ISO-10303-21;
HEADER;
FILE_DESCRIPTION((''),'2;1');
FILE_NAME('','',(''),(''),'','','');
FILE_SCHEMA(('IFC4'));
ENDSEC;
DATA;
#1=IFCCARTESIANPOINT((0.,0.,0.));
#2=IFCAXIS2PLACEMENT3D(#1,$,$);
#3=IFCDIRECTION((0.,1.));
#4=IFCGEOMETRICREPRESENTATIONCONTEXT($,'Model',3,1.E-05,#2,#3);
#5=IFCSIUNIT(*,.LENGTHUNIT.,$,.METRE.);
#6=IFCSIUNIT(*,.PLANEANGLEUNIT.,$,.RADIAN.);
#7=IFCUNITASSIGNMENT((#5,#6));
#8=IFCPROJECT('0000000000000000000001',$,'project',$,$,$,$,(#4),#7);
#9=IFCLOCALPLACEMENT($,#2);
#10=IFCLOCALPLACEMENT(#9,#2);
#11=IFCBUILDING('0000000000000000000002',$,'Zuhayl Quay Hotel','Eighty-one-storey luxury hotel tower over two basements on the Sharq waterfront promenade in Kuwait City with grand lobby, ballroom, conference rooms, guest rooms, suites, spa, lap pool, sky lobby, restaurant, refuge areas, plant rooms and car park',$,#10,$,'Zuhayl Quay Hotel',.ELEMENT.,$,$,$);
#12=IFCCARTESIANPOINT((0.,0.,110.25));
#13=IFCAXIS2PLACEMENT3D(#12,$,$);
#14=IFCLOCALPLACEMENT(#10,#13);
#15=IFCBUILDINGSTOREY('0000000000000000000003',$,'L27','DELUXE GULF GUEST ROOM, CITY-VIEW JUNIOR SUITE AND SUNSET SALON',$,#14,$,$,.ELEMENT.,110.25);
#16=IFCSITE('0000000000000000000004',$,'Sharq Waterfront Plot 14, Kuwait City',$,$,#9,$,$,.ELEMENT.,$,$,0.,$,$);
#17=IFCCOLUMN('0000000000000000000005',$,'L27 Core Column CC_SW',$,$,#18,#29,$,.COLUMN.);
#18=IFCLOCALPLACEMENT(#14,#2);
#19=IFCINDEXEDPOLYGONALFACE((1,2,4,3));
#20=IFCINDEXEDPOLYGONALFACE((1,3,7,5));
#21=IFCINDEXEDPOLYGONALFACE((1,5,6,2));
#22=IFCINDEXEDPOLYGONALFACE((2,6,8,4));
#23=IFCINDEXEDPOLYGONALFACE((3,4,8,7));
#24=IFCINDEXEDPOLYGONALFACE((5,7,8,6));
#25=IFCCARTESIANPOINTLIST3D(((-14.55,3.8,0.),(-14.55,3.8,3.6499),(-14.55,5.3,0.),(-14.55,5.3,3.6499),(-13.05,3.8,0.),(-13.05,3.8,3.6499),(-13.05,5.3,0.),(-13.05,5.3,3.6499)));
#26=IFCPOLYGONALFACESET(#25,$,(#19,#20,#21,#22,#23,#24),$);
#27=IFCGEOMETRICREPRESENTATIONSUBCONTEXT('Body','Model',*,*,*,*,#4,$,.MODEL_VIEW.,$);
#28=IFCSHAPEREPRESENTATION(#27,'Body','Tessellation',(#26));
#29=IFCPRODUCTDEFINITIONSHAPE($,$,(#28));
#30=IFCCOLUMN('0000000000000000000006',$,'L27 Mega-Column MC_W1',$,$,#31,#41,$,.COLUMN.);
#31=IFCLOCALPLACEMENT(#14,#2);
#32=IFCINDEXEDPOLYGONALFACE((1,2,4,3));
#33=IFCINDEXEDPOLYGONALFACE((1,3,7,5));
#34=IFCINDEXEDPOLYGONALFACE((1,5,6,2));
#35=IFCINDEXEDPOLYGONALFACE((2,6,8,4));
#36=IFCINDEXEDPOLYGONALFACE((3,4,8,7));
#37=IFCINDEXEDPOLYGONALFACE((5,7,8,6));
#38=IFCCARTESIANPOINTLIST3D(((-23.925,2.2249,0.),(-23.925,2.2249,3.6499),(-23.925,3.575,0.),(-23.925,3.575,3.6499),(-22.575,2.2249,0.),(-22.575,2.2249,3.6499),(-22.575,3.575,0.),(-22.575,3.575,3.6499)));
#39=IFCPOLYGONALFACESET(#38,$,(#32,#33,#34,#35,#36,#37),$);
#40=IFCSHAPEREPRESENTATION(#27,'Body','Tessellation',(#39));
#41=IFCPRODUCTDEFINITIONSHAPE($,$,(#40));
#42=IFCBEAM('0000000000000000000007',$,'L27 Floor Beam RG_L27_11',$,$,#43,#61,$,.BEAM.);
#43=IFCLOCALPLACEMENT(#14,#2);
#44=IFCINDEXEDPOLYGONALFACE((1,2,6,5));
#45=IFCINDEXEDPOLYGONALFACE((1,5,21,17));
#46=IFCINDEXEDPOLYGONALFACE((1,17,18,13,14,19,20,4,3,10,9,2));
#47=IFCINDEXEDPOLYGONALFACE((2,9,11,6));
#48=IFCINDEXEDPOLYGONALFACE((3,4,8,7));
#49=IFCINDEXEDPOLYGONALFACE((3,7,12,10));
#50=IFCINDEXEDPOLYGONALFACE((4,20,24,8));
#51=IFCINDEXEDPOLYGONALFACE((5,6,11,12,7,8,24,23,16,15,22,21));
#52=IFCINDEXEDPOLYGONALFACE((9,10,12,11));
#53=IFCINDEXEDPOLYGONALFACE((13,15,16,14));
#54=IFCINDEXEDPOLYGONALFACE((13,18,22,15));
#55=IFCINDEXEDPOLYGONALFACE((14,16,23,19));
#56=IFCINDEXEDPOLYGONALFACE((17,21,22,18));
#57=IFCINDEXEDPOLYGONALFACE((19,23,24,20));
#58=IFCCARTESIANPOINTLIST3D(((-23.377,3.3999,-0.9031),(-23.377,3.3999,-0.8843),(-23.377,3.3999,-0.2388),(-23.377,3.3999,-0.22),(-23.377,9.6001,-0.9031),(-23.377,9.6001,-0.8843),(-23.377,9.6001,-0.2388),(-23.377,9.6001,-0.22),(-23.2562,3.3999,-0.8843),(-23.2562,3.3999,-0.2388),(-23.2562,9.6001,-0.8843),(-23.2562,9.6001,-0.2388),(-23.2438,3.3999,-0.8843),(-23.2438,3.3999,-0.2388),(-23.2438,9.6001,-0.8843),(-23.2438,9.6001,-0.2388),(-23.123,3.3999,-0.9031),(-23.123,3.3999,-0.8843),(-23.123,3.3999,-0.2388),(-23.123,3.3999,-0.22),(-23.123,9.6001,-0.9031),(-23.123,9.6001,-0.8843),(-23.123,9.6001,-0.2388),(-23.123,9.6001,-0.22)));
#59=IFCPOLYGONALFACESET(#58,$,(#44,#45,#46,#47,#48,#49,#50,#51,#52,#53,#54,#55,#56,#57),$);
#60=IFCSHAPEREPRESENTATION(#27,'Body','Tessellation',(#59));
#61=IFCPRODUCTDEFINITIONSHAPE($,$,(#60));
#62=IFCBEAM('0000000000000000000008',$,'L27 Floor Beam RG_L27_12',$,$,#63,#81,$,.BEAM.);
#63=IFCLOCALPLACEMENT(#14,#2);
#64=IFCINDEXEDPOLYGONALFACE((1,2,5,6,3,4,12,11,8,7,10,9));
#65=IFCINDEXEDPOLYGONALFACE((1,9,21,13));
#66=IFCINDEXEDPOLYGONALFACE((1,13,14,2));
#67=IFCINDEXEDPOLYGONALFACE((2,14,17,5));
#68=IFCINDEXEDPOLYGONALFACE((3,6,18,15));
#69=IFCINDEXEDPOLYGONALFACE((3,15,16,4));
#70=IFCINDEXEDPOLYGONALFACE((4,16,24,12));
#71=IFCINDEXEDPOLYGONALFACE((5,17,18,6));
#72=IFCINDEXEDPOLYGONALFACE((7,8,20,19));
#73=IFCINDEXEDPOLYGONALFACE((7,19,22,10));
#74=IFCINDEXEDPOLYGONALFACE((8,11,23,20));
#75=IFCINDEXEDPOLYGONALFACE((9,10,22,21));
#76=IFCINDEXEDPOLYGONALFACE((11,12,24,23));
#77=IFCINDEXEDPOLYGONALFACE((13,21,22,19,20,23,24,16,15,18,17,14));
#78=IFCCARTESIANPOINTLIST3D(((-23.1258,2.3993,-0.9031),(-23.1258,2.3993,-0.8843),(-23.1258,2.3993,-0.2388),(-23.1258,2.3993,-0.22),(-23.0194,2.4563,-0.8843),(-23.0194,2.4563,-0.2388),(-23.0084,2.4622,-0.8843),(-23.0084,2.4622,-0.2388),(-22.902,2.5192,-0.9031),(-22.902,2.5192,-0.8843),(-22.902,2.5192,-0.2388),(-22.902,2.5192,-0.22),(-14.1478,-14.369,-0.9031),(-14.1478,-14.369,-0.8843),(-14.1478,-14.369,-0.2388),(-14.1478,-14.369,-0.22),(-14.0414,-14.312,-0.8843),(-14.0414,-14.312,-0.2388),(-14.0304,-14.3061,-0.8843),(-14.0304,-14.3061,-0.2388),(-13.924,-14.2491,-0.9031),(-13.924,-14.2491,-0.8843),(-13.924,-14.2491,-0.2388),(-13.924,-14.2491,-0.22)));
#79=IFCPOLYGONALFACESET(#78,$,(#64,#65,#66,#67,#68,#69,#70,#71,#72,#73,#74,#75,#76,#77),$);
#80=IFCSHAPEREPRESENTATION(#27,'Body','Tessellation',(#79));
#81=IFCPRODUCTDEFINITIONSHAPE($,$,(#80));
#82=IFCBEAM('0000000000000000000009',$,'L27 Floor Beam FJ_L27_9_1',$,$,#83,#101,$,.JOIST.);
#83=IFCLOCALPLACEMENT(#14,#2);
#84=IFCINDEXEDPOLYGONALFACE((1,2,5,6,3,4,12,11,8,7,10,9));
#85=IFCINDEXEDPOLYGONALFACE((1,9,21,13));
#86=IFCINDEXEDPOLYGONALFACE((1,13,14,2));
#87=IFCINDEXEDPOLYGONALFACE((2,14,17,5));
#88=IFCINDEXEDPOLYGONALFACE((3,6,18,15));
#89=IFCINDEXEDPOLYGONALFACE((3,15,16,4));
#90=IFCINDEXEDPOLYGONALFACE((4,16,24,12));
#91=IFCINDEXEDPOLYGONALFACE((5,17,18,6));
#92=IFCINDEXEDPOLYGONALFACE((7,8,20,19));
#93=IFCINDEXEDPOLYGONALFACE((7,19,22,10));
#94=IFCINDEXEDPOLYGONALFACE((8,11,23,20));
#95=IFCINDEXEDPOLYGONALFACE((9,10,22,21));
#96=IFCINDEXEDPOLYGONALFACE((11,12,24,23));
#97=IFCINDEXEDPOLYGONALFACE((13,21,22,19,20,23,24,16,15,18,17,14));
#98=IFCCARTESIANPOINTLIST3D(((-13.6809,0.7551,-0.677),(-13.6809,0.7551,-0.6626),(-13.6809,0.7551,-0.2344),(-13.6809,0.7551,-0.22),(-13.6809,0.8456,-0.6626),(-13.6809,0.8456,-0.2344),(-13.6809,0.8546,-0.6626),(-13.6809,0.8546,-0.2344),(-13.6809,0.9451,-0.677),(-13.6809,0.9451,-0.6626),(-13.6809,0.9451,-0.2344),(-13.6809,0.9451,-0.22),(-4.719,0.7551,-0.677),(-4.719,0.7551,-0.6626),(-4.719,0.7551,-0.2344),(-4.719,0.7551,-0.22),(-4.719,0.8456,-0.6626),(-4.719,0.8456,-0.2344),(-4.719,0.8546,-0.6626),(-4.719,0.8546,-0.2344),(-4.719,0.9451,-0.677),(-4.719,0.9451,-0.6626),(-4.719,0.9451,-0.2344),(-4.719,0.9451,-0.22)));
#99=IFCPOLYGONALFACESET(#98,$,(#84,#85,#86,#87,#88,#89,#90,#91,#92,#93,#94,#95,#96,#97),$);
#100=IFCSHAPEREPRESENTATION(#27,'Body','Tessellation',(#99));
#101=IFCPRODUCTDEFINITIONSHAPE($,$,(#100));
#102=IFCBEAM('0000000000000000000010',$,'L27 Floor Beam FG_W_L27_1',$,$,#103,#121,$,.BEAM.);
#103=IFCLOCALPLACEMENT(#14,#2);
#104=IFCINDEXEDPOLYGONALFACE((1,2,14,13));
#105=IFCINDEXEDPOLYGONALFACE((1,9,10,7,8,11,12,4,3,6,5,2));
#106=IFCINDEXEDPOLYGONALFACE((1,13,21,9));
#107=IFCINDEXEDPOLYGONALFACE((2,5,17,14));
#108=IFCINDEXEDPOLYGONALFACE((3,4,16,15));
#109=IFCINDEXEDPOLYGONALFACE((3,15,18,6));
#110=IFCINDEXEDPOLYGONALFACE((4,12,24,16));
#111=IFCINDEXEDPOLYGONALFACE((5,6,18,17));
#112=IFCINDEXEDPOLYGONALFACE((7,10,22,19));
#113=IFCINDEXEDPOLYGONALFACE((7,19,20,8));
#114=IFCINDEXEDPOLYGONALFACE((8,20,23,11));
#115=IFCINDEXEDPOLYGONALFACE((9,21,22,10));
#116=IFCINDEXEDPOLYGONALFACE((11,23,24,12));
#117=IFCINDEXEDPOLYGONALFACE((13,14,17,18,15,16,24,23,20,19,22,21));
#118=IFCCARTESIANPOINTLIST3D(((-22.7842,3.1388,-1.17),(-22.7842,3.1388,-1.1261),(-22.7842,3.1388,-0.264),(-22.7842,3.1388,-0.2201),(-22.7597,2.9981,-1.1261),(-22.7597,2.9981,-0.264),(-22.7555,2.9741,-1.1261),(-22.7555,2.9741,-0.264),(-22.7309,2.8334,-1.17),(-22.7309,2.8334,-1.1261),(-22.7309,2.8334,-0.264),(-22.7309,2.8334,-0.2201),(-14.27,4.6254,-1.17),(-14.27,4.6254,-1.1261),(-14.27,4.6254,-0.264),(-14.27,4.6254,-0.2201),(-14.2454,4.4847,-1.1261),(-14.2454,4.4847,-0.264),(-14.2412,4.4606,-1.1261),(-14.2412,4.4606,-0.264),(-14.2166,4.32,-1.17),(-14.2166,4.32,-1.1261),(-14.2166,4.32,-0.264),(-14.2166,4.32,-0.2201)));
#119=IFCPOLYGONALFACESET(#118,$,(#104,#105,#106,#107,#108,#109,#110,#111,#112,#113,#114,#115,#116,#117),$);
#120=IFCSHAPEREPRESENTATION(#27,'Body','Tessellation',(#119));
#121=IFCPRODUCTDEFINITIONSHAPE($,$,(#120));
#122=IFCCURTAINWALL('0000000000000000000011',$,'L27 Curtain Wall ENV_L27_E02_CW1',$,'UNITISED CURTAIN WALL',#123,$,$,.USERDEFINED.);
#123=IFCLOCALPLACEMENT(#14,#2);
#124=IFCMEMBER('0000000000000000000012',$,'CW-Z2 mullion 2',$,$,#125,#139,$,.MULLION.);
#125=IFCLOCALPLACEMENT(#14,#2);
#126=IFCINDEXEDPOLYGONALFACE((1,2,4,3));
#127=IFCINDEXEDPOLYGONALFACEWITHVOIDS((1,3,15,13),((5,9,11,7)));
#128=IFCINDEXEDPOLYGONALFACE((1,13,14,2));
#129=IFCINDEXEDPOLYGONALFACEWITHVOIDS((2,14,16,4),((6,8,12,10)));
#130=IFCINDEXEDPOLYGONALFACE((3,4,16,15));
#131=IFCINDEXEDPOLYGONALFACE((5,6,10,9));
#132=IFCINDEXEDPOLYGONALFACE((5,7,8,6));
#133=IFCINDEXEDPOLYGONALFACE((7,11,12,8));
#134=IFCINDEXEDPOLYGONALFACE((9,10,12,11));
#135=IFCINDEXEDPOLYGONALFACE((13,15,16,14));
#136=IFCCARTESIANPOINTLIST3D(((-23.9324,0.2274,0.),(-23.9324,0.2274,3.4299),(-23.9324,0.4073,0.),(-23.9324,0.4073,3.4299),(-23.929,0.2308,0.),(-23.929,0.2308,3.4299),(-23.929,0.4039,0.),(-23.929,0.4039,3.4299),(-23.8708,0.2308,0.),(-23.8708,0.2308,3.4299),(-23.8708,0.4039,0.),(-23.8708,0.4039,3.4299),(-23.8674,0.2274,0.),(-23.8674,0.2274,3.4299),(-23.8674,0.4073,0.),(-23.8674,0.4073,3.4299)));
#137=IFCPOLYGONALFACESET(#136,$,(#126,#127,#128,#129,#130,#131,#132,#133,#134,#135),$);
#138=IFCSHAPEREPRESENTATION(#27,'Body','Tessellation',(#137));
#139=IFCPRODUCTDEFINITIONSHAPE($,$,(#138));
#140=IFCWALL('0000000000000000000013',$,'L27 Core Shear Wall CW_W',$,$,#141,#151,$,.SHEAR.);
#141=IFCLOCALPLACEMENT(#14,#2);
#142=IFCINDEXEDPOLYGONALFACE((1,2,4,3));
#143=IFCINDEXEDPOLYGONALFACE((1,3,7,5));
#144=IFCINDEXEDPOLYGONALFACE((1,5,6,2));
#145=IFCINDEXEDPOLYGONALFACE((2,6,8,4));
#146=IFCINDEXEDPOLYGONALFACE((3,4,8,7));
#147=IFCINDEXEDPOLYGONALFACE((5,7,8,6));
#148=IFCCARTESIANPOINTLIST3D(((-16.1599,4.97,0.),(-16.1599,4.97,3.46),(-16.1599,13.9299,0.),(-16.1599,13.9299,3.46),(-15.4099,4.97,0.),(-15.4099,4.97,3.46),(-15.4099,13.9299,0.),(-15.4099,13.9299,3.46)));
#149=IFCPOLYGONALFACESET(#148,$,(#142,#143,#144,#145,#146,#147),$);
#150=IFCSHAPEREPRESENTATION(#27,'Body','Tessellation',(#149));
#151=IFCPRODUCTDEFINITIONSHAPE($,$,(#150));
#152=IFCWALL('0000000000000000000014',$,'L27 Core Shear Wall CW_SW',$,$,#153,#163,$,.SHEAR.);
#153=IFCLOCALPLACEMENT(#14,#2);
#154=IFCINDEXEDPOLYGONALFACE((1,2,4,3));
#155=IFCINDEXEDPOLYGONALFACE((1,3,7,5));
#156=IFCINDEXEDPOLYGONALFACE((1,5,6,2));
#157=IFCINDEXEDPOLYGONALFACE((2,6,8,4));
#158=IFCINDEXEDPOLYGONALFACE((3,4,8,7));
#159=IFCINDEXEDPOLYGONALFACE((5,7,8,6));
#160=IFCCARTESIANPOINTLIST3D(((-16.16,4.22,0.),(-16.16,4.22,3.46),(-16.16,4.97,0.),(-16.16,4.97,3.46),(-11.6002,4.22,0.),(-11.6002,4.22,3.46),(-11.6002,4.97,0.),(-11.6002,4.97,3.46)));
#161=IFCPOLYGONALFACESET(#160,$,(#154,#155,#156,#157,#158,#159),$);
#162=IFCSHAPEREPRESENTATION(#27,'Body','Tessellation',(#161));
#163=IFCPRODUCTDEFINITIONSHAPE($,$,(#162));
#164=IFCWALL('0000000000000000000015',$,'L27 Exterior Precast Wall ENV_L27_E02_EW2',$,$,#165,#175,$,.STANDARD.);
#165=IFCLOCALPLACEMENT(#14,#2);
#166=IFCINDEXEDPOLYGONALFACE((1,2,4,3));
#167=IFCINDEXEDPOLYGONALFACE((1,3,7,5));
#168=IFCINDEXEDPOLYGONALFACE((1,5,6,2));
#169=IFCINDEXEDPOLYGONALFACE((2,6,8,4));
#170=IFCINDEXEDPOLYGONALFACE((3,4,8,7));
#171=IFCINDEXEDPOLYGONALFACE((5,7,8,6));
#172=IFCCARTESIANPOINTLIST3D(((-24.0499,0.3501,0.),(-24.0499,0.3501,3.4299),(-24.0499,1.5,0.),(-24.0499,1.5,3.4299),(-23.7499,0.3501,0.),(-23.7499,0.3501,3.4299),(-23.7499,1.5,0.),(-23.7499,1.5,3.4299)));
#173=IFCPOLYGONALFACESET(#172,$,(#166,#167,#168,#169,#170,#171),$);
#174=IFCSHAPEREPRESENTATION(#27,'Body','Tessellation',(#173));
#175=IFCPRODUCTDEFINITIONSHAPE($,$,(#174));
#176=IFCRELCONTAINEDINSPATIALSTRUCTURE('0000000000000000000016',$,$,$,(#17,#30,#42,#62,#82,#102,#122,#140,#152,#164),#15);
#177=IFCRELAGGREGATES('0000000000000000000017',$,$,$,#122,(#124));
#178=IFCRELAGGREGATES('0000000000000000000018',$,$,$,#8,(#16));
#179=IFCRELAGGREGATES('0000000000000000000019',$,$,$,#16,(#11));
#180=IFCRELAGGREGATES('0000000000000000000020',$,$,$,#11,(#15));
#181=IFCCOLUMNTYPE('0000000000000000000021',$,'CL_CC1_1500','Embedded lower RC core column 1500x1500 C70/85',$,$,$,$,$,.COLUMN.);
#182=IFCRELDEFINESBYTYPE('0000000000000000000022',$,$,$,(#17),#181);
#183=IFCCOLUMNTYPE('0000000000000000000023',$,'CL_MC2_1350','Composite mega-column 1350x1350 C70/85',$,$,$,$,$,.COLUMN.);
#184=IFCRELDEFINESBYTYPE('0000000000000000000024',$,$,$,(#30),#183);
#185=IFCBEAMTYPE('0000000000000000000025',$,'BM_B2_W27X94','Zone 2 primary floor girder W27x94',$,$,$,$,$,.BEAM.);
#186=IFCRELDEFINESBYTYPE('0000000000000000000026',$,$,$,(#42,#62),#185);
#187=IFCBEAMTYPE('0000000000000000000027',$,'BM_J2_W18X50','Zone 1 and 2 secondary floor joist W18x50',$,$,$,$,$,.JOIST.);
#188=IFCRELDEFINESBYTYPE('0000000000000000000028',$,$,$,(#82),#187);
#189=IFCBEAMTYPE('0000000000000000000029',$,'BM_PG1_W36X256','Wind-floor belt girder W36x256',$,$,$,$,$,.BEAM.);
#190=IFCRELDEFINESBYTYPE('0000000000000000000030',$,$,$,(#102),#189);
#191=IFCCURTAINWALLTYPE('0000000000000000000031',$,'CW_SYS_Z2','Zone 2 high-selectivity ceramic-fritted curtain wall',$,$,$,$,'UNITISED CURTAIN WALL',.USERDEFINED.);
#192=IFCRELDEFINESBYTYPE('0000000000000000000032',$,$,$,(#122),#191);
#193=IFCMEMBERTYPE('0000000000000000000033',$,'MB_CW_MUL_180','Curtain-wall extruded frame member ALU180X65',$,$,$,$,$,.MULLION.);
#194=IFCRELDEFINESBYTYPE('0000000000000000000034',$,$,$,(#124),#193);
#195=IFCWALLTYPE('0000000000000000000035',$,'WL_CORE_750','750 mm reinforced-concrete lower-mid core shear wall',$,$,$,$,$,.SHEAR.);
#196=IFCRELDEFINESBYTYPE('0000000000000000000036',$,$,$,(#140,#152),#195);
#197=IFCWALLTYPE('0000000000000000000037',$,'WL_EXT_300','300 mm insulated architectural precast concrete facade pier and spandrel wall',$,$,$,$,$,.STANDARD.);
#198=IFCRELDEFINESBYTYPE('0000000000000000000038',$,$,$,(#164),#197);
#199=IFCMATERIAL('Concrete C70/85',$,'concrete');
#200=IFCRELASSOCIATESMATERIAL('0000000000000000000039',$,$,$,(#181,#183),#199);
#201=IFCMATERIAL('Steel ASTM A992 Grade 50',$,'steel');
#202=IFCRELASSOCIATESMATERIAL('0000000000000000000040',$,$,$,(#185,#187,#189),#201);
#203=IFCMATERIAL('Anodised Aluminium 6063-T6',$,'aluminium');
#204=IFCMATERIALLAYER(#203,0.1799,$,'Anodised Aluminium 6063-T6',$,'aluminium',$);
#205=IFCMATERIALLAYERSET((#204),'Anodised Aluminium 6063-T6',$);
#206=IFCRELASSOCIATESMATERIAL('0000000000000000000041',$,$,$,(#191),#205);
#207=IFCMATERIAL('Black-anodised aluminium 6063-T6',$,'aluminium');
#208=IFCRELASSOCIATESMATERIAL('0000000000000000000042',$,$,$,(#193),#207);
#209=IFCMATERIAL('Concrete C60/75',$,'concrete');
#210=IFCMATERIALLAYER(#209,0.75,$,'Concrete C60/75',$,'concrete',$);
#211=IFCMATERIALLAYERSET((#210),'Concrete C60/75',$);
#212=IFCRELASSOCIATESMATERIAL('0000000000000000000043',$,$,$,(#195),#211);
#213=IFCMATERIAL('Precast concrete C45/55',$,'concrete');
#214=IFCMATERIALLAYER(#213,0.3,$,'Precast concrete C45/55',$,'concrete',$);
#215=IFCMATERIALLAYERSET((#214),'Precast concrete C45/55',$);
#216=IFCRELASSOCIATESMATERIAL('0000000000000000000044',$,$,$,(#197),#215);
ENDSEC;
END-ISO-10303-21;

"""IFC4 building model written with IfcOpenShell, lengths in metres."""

from ifc_helpers import new_model, si_unit, direction, frame, frame_2d, origin, origin_2d, place, context, subcontext, project, spatial, rectangle, hollow_rectangle, i_section, extrude, material, layer, layer_set, material_profile, profile_set, type_object, element, aggregate, save


model = new_model("IFC4")

# Units and contexts
model_context = context("Model", 3, precision=1e-05, world=origin(), true_north=direction((0.0, 1.0)))
body_context = subcontext(model_context, "Body", "Model", "MODEL_VIEW")
ifc_project = project(units=[si_unit("LENGTHUNIT", "METRE"), si_unit("PLANEANGLEUNIT", "RADIAN")], contexts=[model_context])

# Site, building, storey
site_placement = place(None, origin())
site = spatial("IfcSite", under=ifc_project, at=site_placement, Name="Sharq Waterfront Plot 14, Kuwait City", CompositionType="ELEMENT", RefElevation=0.0)
building_placement = place(site_placement, origin())
building = spatial("IfcBuilding", under=site, at=building_placement, Name="Zuhayl Quay Hotel", Description="Eighty-one-storey luxury hotel tower over two basements on the Sharq waterfront promenade in Kuwait City with grand lobby, ballroom, conference rooms, guest rooms, suites, spa, lap pool, sky lobby, restaurant, refuge areas, plant rooms and car park", LongName="Zuhayl Quay Hotel", CompositionType="ELEMENT")
storey_placement = place(building_placement, frame((0.0, 0.0, 110.25)))
storey = spatial("IfcBuildingStorey", under=building, at=storey_placement, Name="L27", Description="DELUXE GULF GUEST ROOM, CITY-VIEW JUNIOR SUITE AND SUNSET SALON", CompositionType="ELEMENT", Elevation=110.25)

# Columns
ifc_material_1 = material(Name="Concrete C70/85", Category="concrete")
ifc_material_profile_1 = material_profile(ifc_material_1, rectangle(XDim=1.5, YDim=1.5, at=origin_2d()), Name="RC1500X1500")
ifc_profile_set_1 = profile_set([ifc_material_profile_1], Name="Concrete C70/85")
column_type_1 = type_object("IfcColumnType", Name="CL_CC1_1500", Description="Embedded lower RC core column 1500x1500 C70/85", PredefinedType="COLUMN", material=ifc_profile_set_1)
column_1_placement = place(storey_placement, frame((-13.8, 4.55, 0.0), z_axis=(0.0, 0.0, 1.0), x_axis=(1.0, 0.0, 0.0)))
element("IfcColumn", 1, at=column_1_placement, inside=storey, type_object=column_type_1, Name="L27 Core Column CC_SW", PredefinedType="COLUMN", context=body_context, shape_type="SweptSolid", body=[
    extrude(rectangle(XDim=1.5, YDim=1.5, at=origin_2d()), origin(), (0.0, 0.0, 1.0), 3.6499),
])
ifc_material_profile_2 = material_profile(ifc_material_1, rectangle(XDim=1.3501, YDim=1.3501, at=origin_2d()), Name="RC1350X1350")
ifc_profile_set_2 = profile_set([ifc_material_profile_2], Name="Concrete C70/85")
column_type_2 = type_object("IfcColumnType", Name="CL_MC2_1350", Description="Composite mega-column 1350x1350 C70/85", PredefinedType="COLUMN", material=ifc_profile_set_2)
column_2_placement = place(storey_placement, frame((-23.25, 2.8999, 0.0), z_axis=(0.0, 0.0, 1.0), x_axis=(1.0, 0.0, 0.0)))
element("IfcColumn", 2, at=column_2_placement, inside=storey, type_object=column_type_2, Name="L27 Mega-Column MC_W1", PredefinedType="COLUMN", context=body_context, shape_type="SweptSolid", body=[
    extrude(rectangle(XDim=1.3501, YDim=1.3501, at=origin_2d()), origin(), (0.0, 0.0, 1.0), 3.6499),
])

# Beams
ifc_material_2 = material(Name="Steel ASTM A992 Grade 50", Category="steel")
ifc_material_profile_3 = material_profile(ifc_material_2, i_section(OverallWidth=0.2539, OverallDepth=0.6831, WebThickness=0.0125, FlangeThickness=0.0188, at=origin_2d()), Name="W27X94")
ifc_profile_set_3 = profile_set([ifc_material_profile_3], Name="Steel ASTM A992 Grade 50")
beam_type_1 = type_object("IfcBeamType", Name="BM_B2_W27X94", Description="Zone 2 primary floor girder W27x94", PredefinedType="BEAM", material=ifc_profile_set_3)
beam_1_placement = place(storey_placement, frame((-23.25, 9.6001, -0.5615), z_axis=(0.0, -1.0, 0.0), x_axis=(1.0, 0.0, 0.0)))
element("IfcBeam", 3, at=beam_1_placement, inside=storey, type_object=beam_type_1, Name="L27 Floor Beam RG_L27_11", PredefinedType="BEAM", context=body_context, shape_type="SweptSolid", body=[
    extrude(i_section(OverallWidth=0.2539, OverallDepth=0.6831, WebThickness=0.0125, FlangeThickness=0.0188, at=origin_2d()), origin(), (0.0, 0.0, 1.0), 6.2002),
])
beam_2_placement = place(storey_placement, frame((-23.0139, 2.4592, -0.5615), z_axis=(0.472017, -0.881589, 0.0), x_axis=(0.881589, 0.472017, 0.0)))
element("IfcBeam", 4, at=beam_2_placement, inside=storey, type_object=beam_type_1, Name="L27 Floor Beam RG_L27_12", PredefinedType="BEAM", context=body_context, shape_type="SweptSolid", body=[
    extrude(i_section(OverallWidth=0.2539, OverallDepth=0.6831, WebThickness=0.0125, FlangeThickness=0.0188, at=origin_2d()), origin(), (0.0, 0.0, 1.0), 19.0205),
])
ifc_material_profile_4 = material_profile(ifc_material_2, i_section(OverallWidth=0.1899, OverallDepth=0.457, WebThickness=0.009, FlangeThickness=0.0144, at=origin_2d()), Name="W18X50")
ifc_profile_set_4 = profile_set([ifc_material_profile_4], Name="Steel ASTM A992 Grade 50")
beam_type_2 = type_object("IfcBeamType", Name="BM_J2_W18X50", Description="Zone 1 and 2 secondary floor joist W18x50", PredefinedType="JOIST", material=ifc_profile_set_4)
beam_3_placement = place(storey_placement, frame((-13.6809, 0.8501, -0.4485), z_axis=(1.0, 0.0, 0.0), x_axis=(0.0, 1.0, 0.0)))
element("IfcBeam", 5, at=beam_3_placement, inside=storey, type_object=beam_type_2, Name="L27 Floor Beam FJ_L27_9_1", PredefinedType="JOIST", context=body_context, shape_type="SweptSolid", body=[
    extrude(i_section(OverallWidth=0.1899, OverallDepth=0.457, WebThickness=0.009, FlangeThickness=0.0144, at=origin_2d()), origin(), (0.0, 0.0, 1.0), 8.9619),
])
ifc_material_profile_5 = material_profile(ifc_material_2, i_section(OverallWidth=0.3101, OverallDepth=0.95, WebThickness=0.0244, FlangeThickness=0.0439, at=origin_2d()), Name="W36X256")
ifc_profile_set_5 = profile_set([ifc_material_profile_5], Name="Steel ASTM A992 Grade 50")
beam_type_3 = type_object("IfcBeamType", Name="BM_PG1_W36X256", Description="Wind-floor belt girder W36x256", PredefinedType="BEAM", material=ifc_profile_set_5)
beam_4_placement = place(storey_placement, frame((-22.7576, 2.9861, -0.6951), z_axis=(0.985097, 0.171998, 0.0), x_axis=(-0.171998, 0.985097, 0.0)))
element("IfcBeam", 6, at=beam_4_placement, inside=storey, type_object=beam_type_3, Name="L27 Floor Beam FG_W_L27_1", PredefinedType="BEAM", context=body_context, shape_type="SweptSolid", body=[
    extrude(i_section(OverallWidth=0.3101, OverallDepth=0.95, WebThickness=0.0244, FlangeThickness=0.0439, at=origin_2d()), origin(), (0.0, 0.0, 1.0), 8.6431),
])

# Curtain wall, member
ifc_material_3 = material(Name="Anodised Aluminium 6063-T6", Category="aluminium")
ifc_layer_1 = layer(ifc_material_3, 0.1799, Name="Anodised Aluminium 6063-T6", Category="aluminium")
ifc_layer_set_1 = layer_set([ifc_layer_1], Name="Anodised Aluminium 6063-T6")
curtain_wall_type = type_object("IfcCurtainWallType", Name="CW_SYS_Z2", Description="Zone 2 high-selectivity ceramic-fritted curtain wall", ElementType="UNITISED CURTAIN WALL", PredefinedType="USERDEFINED", material=ifc_layer_set_1)
curtain_wall_placement = place(storey_placement, origin())
curtain_wall = element("IfcCurtainWall", 7, at=curtain_wall_placement, inside=storey, type_object=curtain_wall_type, Name="L27 Curtain Wall ENV_L27_E02_CW1", ObjectType="UNITISED CURTAIN WALL", PredefinedType="USERDEFINED")
ifc_material_4 = material(Name="Black-anodised aluminium 6063-T6", Category="aluminium")
ifc_material_profile_6 = material_profile(ifc_material_4, hollow_rectangle(XDim=0.0649, YDim=0.1799, WallThickness=0.0034, at=origin_2d()), Name="ALU180X65")
ifc_profile_set_6 = profile_set([ifc_material_profile_6], Name="Black-anodised aluminium 6063-T6")
member_type = type_object("IfcMemberType", Name="MB_CW_MUL_180", Description="Curtain-wall extruded frame member ALU180X65", PredefinedType="MULLION", material=ifc_profile_set_6)
member_placement = place(storey_placement, frame((-23.8999, 0.3174, 0.0), z_axis=(0.0, 0.0, 1.0), x_axis=(-1.0, 0.0, 0.0)))
member = element("IfcMember", 8, at=member_placement, type_object=member_type, Name="CW-Z2 mullion 2", PredefinedType="MULLION", context=body_context, shape_type="SweptSolid", body=[
    extrude(hollow_rectangle(XDim=0.0649, YDim=0.1799, WallThickness=0.0034, at=origin_2d()), origin(), (0.0, 0.0, 1.0), 3.4299),
])
aggregate(curtain_wall, [member])

# Walls
ifc_material_5 = material(Name="Concrete C60/75", Category="concrete")
ifc_layer_2 = layer(ifc_material_5, 0.75, Name="Concrete C60/75", Category="concrete")
ifc_layer_set_2 = layer_set([ifc_layer_2], Name="Concrete C60/75")
wall_type_1 = type_object("IfcWallType", Name="WL_CORE_750", Description="750 mm reinforced-concrete lower-mid core shear wall", PredefinedType="SHEAR", material=ifc_layer_set_2)
wall_1_placement = place(storey_placement, frame((-15.7849, 4.97, 0.0), z_axis=(0.0, 0.0, 1.0), x_axis=(0.0, 1.0, 0.0)))
element("IfcWall", 9, at=wall_1_placement, inside=storey, type_object=wall_type_1, Name="L27 Core Shear Wall CW_W", PredefinedType="SHEAR", context=body_context, shape_type="SweptSolid", body=[
    extrude(rectangle(XDim=8.96, YDim=0.75, at=frame_2d((4.48, 0.0))), origin(), (0.0, 0.0, 1.0), 3.46),
])
wall_2_placement = place(storey_placement, frame((-16.1599, 4.595, 0.0), z_axis=(0.0, 0.0, 1.0), x_axis=(1.0, 0.0, 0.0)))
element("IfcWall", 10, at=wall_2_placement, inside=storey, type_object=wall_type_1, Name="L27 Core Shear Wall CW_SW", PredefinedType="SHEAR", context=body_context, shape_type="SweptSolid", body=[
    extrude(rectangle(XDim=4.5598, YDim=0.75, at=frame_2d((2.2798, 0.0))), origin(), (0.0, 0.0, 1.0), 3.46),
])
ifc_material_6 = material(Name="Precast concrete C45/55", Category="concrete")
ifc_layer_3 = layer(ifc_material_6, 0.3, Name="Precast concrete C45/55", Category="concrete")
ifc_layer_set_3 = layer_set([ifc_layer_3], Name="Precast concrete C45/55")
wall_type_2 = type_object("IfcWallType", Name="WL_EXT_300", Description="300 mm insulated architectural precast concrete facade pier and spandrel wall", PredefinedType="STANDARD", material=ifc_layer_set_3)
wall_3_placement = place(storey_placement, frame((-23.8999, 0.3501, 0.0), z_axis=(0.0, 0.0, 1.0), x_axis=(0.0, 1.0, 0.0)))
element("IfcWall", 11, at=wall_3_placement, inside=storey, type_object=wall_type_2, Name="L27 Exterior Precast Wall ENV_L27_E02_EW2", PredefinedType="STANDARD", context=body_context, shape_type="SweptSolid", body=[
    extrude(rectangle(XDim=1.1499, YDim=0.3, at=frame_2d((0.575, 0.0))), origin(), (0.0, 0.0, 1.0), 3.4299),
])

save(model, "model.ifc")
